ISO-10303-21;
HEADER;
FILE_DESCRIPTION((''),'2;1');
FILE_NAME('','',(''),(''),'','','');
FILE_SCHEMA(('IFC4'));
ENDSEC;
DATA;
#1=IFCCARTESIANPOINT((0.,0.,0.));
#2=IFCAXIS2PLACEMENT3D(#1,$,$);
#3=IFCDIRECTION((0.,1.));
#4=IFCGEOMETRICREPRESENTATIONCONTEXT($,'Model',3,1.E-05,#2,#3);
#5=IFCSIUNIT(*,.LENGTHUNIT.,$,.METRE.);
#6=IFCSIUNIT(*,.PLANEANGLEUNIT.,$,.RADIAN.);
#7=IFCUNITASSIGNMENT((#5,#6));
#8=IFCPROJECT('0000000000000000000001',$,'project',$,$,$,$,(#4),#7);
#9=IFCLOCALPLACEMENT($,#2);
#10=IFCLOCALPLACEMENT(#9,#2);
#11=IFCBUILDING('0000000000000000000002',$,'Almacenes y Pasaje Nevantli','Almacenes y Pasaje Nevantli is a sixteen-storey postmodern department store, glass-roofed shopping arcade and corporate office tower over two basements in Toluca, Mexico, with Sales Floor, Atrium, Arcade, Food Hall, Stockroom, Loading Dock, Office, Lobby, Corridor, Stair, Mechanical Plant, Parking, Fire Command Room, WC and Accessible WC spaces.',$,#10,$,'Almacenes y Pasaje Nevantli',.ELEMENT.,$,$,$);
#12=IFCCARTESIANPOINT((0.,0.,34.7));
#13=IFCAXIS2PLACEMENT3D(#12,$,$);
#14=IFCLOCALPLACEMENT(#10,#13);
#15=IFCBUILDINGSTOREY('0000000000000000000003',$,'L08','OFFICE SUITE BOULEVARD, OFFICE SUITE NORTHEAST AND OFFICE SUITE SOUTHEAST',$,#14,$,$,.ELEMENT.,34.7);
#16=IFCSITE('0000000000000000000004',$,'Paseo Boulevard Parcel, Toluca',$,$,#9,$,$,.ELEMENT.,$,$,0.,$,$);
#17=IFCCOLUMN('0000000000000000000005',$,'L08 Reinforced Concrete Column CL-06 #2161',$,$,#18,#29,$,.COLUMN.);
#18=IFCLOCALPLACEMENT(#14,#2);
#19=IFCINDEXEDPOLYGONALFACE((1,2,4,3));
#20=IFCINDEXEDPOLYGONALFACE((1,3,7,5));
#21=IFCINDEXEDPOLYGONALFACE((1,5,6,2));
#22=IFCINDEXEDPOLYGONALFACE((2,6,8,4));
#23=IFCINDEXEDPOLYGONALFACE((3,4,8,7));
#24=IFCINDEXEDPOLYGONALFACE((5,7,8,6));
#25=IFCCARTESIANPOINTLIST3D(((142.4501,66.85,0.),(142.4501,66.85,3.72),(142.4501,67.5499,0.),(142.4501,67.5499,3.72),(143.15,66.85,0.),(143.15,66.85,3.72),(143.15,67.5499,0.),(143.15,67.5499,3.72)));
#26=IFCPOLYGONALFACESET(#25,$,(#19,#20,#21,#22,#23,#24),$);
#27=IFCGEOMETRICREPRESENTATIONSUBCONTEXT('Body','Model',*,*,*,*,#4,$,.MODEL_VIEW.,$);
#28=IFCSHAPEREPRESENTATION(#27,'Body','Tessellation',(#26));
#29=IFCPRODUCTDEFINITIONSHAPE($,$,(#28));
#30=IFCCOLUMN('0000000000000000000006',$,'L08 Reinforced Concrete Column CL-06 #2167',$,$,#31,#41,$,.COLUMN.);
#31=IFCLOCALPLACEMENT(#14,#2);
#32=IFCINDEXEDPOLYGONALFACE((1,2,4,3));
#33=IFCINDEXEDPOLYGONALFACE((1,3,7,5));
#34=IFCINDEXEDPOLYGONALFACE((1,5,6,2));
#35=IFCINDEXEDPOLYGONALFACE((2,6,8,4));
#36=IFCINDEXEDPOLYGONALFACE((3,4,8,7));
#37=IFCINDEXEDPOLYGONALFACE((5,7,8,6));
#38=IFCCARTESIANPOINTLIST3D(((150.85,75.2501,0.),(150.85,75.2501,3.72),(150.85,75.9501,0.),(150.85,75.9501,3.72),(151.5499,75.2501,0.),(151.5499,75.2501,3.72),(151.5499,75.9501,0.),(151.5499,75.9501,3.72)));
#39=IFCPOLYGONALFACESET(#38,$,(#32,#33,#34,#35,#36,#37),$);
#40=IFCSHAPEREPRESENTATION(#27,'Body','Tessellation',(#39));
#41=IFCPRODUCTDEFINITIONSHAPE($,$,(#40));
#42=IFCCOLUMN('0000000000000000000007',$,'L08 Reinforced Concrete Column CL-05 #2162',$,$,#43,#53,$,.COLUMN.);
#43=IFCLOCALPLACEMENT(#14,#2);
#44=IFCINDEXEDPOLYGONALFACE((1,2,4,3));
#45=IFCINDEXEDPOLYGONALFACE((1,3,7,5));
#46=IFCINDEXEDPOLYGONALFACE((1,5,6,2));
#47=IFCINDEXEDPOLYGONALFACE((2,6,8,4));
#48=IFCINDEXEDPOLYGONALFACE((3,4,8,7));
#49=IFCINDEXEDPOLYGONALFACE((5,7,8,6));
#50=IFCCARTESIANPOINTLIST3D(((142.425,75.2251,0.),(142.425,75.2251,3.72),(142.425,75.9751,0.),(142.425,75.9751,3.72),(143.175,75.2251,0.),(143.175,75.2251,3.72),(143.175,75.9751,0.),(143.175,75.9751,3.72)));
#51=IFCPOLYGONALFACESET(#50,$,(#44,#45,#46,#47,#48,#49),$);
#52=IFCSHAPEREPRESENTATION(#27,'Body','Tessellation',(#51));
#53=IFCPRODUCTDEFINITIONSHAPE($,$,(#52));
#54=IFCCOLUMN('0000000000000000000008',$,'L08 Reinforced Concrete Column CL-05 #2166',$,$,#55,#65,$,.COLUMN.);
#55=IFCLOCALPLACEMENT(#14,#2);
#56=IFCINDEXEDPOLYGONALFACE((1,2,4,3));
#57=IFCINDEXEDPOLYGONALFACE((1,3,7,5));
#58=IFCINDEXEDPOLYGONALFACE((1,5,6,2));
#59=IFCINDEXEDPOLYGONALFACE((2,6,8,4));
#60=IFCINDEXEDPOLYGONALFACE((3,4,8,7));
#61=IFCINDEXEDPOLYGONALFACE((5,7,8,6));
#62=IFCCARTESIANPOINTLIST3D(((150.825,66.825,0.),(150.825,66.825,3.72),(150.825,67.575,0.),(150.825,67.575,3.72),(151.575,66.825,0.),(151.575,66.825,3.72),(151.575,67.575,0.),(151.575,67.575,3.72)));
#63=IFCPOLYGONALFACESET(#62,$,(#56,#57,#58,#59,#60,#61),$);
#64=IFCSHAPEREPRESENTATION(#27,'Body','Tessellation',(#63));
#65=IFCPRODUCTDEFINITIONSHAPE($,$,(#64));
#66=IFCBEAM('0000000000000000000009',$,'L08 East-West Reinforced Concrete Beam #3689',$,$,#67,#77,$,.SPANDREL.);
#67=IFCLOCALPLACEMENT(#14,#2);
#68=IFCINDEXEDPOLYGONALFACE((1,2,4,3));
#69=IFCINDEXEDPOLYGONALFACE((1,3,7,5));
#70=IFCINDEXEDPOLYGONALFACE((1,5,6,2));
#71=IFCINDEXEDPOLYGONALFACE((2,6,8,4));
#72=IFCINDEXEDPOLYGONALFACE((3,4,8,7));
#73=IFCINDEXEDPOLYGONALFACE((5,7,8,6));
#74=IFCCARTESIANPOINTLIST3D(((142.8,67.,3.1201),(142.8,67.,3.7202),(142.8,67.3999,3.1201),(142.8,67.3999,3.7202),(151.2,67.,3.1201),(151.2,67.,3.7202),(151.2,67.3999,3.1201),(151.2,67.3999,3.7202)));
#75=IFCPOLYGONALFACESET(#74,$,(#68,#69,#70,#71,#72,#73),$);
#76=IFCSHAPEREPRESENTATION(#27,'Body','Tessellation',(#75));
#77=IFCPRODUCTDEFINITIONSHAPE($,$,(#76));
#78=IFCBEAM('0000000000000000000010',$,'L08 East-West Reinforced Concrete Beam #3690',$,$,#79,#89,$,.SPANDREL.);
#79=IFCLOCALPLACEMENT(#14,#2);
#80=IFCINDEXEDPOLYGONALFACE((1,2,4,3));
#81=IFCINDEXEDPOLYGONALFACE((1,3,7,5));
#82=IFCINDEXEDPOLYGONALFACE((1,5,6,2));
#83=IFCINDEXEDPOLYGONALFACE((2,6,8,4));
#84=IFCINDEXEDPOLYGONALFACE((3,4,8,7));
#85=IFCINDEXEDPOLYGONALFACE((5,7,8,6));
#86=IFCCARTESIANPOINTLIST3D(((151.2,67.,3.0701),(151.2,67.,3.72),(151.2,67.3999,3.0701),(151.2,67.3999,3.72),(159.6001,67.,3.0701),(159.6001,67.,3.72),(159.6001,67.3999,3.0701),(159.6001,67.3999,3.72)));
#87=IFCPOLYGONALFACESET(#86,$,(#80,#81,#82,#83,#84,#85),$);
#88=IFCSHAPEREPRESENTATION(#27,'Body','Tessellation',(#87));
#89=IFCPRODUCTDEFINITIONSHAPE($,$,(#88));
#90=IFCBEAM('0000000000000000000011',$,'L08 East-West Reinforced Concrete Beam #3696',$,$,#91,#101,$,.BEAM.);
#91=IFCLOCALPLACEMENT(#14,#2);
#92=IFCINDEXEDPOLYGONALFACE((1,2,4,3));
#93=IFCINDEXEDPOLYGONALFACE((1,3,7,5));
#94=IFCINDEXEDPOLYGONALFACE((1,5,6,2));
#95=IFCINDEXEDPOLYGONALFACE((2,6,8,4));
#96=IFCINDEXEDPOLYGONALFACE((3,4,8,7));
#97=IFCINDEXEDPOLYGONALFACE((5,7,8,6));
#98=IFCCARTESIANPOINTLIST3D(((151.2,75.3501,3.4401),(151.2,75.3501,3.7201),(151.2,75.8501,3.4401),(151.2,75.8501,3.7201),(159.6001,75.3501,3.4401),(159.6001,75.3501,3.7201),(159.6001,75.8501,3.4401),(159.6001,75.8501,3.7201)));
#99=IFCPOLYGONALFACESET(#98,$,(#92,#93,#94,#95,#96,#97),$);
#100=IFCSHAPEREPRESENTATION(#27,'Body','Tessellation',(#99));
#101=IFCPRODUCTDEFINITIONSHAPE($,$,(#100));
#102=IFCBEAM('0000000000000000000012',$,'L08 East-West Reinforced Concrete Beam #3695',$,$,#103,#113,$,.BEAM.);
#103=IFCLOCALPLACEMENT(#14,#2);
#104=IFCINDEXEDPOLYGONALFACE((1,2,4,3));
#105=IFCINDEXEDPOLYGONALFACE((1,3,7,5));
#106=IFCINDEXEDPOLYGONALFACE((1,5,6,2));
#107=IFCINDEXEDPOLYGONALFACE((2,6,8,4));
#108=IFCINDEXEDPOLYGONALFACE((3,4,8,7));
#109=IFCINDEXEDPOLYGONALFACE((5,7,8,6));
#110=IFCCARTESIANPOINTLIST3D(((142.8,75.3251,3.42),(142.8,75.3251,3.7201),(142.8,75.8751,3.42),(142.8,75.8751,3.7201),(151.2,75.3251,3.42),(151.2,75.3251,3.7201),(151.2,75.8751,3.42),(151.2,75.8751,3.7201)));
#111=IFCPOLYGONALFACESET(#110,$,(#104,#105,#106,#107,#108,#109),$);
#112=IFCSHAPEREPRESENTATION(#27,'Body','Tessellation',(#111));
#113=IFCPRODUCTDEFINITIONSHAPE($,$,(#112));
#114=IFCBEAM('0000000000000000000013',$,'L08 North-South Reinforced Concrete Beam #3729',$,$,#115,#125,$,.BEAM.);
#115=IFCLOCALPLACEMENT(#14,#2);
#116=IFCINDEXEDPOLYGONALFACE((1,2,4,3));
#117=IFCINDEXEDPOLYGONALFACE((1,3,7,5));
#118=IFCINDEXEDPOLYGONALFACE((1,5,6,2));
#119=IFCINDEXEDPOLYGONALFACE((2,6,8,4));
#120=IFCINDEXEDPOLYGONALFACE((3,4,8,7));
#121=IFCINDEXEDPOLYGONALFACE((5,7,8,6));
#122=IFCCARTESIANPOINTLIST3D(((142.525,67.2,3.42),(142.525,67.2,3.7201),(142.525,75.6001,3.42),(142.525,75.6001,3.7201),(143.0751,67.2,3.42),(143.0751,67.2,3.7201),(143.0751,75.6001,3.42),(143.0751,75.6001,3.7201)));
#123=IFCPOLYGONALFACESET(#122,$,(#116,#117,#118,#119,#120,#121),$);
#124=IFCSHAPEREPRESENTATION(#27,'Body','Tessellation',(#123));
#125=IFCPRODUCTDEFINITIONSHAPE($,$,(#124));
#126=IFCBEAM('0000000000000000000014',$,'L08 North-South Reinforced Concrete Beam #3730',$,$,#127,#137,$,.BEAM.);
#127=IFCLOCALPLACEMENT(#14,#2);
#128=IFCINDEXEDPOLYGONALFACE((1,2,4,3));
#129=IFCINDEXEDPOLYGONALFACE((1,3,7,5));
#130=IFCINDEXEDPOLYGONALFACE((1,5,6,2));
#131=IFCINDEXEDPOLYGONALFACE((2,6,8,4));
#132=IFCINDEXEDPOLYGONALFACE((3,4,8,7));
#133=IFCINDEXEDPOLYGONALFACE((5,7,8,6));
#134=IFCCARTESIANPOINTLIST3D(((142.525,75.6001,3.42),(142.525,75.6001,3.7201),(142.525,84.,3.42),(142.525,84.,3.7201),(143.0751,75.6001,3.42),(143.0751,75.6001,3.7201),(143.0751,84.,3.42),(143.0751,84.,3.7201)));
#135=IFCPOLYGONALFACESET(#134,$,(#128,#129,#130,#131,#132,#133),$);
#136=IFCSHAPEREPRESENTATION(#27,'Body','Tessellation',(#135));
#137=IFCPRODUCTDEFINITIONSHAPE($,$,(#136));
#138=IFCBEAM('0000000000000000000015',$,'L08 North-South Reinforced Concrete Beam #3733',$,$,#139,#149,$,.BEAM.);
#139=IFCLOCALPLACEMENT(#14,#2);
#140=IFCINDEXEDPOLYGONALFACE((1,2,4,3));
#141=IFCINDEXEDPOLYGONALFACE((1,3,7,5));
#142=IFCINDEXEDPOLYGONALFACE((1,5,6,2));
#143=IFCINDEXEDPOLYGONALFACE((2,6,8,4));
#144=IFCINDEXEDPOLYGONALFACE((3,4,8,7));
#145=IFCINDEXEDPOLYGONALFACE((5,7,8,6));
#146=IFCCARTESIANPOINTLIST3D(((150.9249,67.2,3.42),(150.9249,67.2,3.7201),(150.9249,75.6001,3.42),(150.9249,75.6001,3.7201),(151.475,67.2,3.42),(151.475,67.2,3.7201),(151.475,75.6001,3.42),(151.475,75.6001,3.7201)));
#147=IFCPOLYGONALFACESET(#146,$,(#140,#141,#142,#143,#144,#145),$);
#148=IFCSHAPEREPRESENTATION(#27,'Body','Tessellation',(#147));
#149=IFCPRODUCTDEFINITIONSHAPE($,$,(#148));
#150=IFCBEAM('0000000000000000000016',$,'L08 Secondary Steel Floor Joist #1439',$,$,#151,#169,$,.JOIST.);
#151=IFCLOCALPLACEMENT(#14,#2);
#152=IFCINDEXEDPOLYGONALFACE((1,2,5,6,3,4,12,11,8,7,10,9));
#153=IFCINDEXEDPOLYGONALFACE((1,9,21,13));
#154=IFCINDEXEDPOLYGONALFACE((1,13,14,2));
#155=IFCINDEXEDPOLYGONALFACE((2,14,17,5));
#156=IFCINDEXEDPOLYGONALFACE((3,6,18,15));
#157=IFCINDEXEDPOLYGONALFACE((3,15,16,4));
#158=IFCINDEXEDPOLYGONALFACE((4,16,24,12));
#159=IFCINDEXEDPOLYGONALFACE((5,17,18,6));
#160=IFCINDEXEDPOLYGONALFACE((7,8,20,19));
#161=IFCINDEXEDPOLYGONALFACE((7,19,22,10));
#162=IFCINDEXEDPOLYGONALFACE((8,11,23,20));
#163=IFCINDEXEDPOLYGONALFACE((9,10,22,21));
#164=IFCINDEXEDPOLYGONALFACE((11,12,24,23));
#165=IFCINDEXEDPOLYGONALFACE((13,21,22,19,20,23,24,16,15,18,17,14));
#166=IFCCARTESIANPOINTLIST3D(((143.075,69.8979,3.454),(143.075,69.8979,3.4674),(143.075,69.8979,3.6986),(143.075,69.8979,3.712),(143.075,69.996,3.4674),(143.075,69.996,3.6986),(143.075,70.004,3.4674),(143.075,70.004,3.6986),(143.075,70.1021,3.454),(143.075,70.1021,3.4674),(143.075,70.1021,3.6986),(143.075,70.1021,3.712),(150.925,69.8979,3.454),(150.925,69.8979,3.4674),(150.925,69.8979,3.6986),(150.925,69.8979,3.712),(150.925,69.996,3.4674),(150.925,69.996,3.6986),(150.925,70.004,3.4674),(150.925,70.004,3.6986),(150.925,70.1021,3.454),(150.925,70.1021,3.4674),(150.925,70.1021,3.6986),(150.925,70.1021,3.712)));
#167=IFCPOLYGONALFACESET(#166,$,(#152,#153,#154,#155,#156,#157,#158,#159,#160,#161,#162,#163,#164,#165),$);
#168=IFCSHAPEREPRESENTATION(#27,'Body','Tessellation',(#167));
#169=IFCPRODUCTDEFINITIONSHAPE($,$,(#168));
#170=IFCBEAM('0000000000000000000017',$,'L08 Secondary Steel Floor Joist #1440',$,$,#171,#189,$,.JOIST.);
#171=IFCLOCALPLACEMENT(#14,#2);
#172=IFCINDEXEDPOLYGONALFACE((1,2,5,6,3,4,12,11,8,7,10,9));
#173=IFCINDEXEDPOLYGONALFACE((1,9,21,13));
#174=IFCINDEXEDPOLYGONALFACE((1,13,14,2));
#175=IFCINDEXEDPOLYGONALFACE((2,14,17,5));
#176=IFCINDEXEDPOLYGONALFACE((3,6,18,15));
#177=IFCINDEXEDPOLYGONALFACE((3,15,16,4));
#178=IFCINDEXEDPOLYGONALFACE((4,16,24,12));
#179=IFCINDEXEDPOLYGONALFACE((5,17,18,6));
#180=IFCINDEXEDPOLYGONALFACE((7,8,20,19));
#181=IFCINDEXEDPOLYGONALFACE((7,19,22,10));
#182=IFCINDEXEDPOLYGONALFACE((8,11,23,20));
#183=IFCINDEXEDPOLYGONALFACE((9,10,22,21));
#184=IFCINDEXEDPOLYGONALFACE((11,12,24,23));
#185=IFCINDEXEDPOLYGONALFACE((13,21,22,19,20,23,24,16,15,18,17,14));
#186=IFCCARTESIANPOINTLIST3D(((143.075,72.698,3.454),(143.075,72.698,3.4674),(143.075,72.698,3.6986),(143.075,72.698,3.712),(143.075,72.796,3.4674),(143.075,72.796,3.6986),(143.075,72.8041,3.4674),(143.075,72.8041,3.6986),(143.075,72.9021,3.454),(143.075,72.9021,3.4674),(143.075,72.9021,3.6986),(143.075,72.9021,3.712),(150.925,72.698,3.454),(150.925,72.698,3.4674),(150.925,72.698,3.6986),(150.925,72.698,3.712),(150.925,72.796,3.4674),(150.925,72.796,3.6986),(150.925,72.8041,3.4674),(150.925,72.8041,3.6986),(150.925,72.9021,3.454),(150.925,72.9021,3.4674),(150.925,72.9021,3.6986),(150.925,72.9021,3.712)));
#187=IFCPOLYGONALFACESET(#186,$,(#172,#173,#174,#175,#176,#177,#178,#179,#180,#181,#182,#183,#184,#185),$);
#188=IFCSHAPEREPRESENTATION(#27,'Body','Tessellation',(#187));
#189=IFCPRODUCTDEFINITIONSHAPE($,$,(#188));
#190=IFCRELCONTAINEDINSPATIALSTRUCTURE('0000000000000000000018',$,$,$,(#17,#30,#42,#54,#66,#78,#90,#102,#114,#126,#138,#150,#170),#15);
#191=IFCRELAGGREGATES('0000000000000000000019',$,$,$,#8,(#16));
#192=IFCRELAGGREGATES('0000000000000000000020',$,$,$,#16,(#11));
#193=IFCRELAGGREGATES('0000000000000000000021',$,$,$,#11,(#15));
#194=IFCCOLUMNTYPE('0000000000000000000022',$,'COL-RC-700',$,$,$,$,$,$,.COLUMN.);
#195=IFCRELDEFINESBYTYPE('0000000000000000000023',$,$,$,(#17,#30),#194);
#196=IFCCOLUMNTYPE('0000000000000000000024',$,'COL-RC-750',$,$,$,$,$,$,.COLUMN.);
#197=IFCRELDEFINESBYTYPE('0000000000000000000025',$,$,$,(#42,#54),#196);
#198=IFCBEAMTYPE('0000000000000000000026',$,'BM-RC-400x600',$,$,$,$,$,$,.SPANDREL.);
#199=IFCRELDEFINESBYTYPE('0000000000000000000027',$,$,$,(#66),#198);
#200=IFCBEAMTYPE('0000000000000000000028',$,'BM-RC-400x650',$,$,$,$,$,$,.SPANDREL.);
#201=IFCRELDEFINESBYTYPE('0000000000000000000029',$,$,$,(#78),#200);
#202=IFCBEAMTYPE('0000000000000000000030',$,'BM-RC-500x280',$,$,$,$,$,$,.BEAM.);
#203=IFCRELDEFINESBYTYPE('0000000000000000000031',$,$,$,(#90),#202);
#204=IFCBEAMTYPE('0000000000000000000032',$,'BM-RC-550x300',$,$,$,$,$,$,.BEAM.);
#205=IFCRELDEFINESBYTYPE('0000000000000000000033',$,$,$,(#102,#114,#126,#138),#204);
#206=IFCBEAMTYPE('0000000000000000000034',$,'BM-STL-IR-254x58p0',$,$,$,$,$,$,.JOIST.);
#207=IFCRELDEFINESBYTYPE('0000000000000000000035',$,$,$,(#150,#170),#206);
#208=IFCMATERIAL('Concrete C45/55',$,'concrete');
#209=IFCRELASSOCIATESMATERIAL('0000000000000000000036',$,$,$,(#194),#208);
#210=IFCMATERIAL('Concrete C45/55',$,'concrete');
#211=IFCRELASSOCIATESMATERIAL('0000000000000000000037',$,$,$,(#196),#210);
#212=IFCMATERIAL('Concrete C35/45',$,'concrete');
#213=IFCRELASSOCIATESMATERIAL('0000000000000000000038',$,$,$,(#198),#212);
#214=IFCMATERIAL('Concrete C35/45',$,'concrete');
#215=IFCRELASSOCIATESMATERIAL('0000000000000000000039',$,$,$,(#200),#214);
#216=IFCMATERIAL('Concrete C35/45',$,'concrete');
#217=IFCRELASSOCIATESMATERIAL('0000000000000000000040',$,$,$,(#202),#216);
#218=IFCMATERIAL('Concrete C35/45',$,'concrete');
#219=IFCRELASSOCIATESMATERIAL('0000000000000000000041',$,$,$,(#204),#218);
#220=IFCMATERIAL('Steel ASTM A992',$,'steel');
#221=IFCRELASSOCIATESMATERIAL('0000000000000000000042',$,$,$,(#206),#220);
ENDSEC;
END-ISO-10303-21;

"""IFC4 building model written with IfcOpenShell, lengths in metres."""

from ifc_helpers import new_model, si_unit, direction, frame, origin, origin_2d, place, context, subcontext, project, spatial, rectangle, i_section, extrude, material, material_profile, profile_set, type_object, element, save


model = new_model("IFC4")

# Units and contexts
model_context = context("Model", 3, precision=1e-05, world=origin(), true_north=direction((0.0, 1.0)))
body_context = subcontext(model_context, "Body", "Model", "MODEL_VIEW")
ifc_project = project(units=[si_unit("LENGTHUNIT", "METRE"), si_unit("PLANEANGLEUNIT", "RADIAN")], contexts=[model_context])

# Site, building, storey
site_placement = place(None, origin())
site = spatial("IfcSite", under=ifc_project, at=site_placement, Name="Paseo Boulevard Parcel, Toluca", CompositionType="ELEMENT", RefElevation=0.0)
building_placement = place(site_placement, origin())
building = spatial("IfcBuilding", under=site, at=building_placement, Name="Almacenes y Pasaje Nevantli", Description="Almacenes y Pasaje Nevantli is a sixteen-storey postmodern department store, glass-roofed shopping arcade and corporate office tower over two basements in Toluca, Mexico, with Sales Floor, Atrium, Arcade, Food Hall, Stockroom, Loading Dock, Office, Lobby, Corridor, Stair, Mechanical Plant, Parking, Fire Command Room, WC and Accessible WC spaces.", LongName="Almacenes y Pasaje Nevantli", CompositionType="ELEMENT")
storey_placement = place(building_placement, frame((0.0, 0.0, 34.7)))
storey = spatial("IfcBuildingStorey", under=building, at=storey_placement, Name="L08", Description="OFFICE SUITE BOULEVARD, OFFICE SUITE NORTHEAST AND OFFICE SUITE SOUTHEAST", CompositionType="ELEMENT", Elevation=34.7)

# Columns
ifc_material_1 = material(Name="Concrete C45/55", Category="concrete")
ifc_material_profile_1 = material_profile(ifc_material_1, rectangle(XDim=0.7, YDim=0.7, at=origin_2d()), Name="RC-COL-700x700")
ifc_profile_set_1 = profile_set([ifc_material_profile_1], Name="Concrete C45/55")
column_type_1 = type_object("IfcColumnType", Name="COL-RC-700", PredefinedType="COLUMN", material=ifc_profile_set_1)
for number, where, z_axis, x_axis, name in (
    (1, (142.8, 67.2, 0.0), (0.0, 0.0, 1.0), (1.0, 0.0, 0.0), "L08 Reinforced Concrete Column CL-06 #2161"),
    (2, (151.2, 75.6001, 0.0), (0.0, 0.0, 1.0), (1.0, 0.0, 0.0), "L08 Reinforced Concrete Column CL-06 #2167"),
):
    element("IfcColumn", number, at=place(storey_placement, frame(where, z_axis=z_axis, x_axis=x_axis)), inside=storey, type_object=column_type_1, Name=name, PredefinedType="COLUMN", context=body_context, shape_type="SweptSolid", body=[
        extrude(rectangle(XDim=0.7, YDim=0.7, at=origin_2d()), origin(), (0.0, 0.0, 1.0), 3.72),
    ])
ifc_material_2 = material(Name="Concrete C45/55", Category="concrete")
ifc_material_profile_2 = material_profile(ifc_material_2, rectangle(XDim=0.75, YDim=0.75, at=origin_2d()), Name="RC-COL-750x750")
ifc_profile_set_2 = profile_set([ifc_material_profile_2], Name="Concrete C45/55")
column_type_2 = type_object("IfcColumnType", Name="COL-RC-750", PredefinedType="COLUMN", material=ifc_profile_set_2)
for number, where, z_axis, x_axis, name in (
    (3, (142.8, 75.6001, 0.0), (0.0, 0.0, 1.0), (1.0, 0.0, 0.0), "L08 Reinforced Concrete Column CL-05 #2162"),
    (4, (151.2, 67.2, 0.0), (0.0, 0.0, 1.0), (1.0, 0.0, 0.0), "L08 Reinforced Concrete Column CL-05 #2166"),
):
    element("IfcColumn", number, at=place(storey_placement, frame(where, z_axis=z_axis, x_axis=x_axis)), inside=storey, type_object=column_type_2, Name=name, PredefinedType="COLUMN", context=body_context, shape_type="SweptSolid", body=[
        extrude(rectangle(XDim=0.75, YDim=0.75, at=origin_2d()), origin(), (0.0, 0.0, 1.0), 3.72),
    ])

# Beams
ifc_material_3 = material(Name="Concrete C35/45", Category="concrete")
ifc_material_profile_3 = material_profile(ifc_material_3, rectangle(XDim=0.3999, YDim=0.6001, at=origin_2d()), Name="RC-BM-400x600")
ifc_profile_set_3 = profile_set([ifc_material_profile_3], Name="Concrete C35/45")
beam_type_1 = type_object("IfcBeamType", Name="BM-RC-400x600", PredefinedType="SPANDREL", material=ifc_profile_set_3)
beam_1_placement = place(storey_placement, frame((142.8, 67.2, 3.4202), z_axis=(1.0, 0.0, 0.0), x_axis=(0.0, 1.0, 0.0)))
element("IfcBeam", 5, at=beam_1_placement, inside=storey, type_object=beam_type_1, Name="L08 East-West Reinforced Concrete Beam #3689", PredefinedType="SPANDREL", context=body_context, shape_type="SweptSolid", body=[
    extrude(rectangle(XDim=0.3999, YDim=0.6001, at=origin_2d()), origin(), (0.0, 0.0, 1.0), 8.3999),
])
ifc_material_4 = material(Name="Concrete C35/45", Category="concrete")
ifc_material_profile_4 = material_profile(ifc_material_4, rectangle(XDim=0.3999, YDim=0.6499, at=origin_2d()), Name="RC-BM-400x650")
ifc_profile_set_4 = profile_set([ifc_material_profile_4], Name="Concrete C35/45")
beam_type_2 = type_object("IfcBeamType", Name="BM-RC-400x650", PredefinedType="SPANDREL", material=ifc_profile_set_4)
beam_2_placement = place(storey_placement, frame((151.2, 67.2, 3.395), z_axis=(1.0, 0.0, 0.0), x_axis=(0.0, 1.0, 0.0)))
element("IfcBeam", 6, at=beam_2_placement, inside=storey, type_object=beam_type_2, Name="L08 East-West Reinforced Concrete Beam #3690", PredefinedType="SPANDREL", context=body_context, shape_type="SweptSolid", body=[
    extrude(rectangle(XDim=0.3999, YDim=0.6499, at=origin_2d()), origin(), (0.0, 0.0, 1.0), 8.4001),
])
ifc_material_5 = material(Name="Concrete C35/45", Category="concrete")
ifc_material_profile_5 = material_profile(ifc_material_5, rectangle(XDim=0.5, YDim=0.28, at=origin_2d()), Name="RC-BM-500x280")
ifc_profile_set_5 = profile_set([ifc_material_profile_5], Name="Concrete C35/45")
beam_type_3 = type_object("IfcBeamType", Name="BM-RC-500x280", PredefinedType="BEAM", material=ifc_profile_set_5)
beam_3_placement = place(storey_placement, frame((151.2, 75.6001, 3.5801), z_axis=(1.0, 0.0, 0.0), x_axis=(0.0, 1.0, 0.0)))
element("IfcBeam", 7, at=beam_3_placement, inside=storey, type_object=beam_type_3, Name="L08 East-West Reinforced Concrete Beam #3696", PredefinedType="BEAM", context=body_context, shape_type="SweptSolid", body=[
    extrude(rectangle(XDim=0.5, YDim=0.28, at=origin_2d()), origin(), (0.0, 0.0, 1.0), 8.4001),
])
ifc_material_6 = material(Name="Concrete C35/45", Category="concrete")
ifc_material_profile_6 = material_profile(ifc_material_6, rectangle(XDim=0.55, YDim=0.3, at=origin_2d()), Name="RC-BM-550x300")
ifc_profile_set_6 = profile_set([ifc_material_profile_6], Name="Concrete C35/45")
beam_type_4 = type_object("IfcBeamType", Name="BM-RC-550x300", PredefinedType="BEAM", material=ifc_profile_set_6)
beam_4_placement = place(storey_placement, frame((142.8, 75.6001, 3.5701), z_axis=(1.0, 0.0, 0.0), x_axis=(0.0, 1.0, 0.0)))
element("IfcBeam", 8, at=beam_4_placement, inside=storey, type_object=beam_type_4, Name="L08 East-West Reinforced Concrete Beam #3695", PredefinedType="BEAM", context=body_context, shape_type="SweptSolid", body=[
    extrude(rectangle(XDim=0.55, YDim=0.3, at=origin_2d()), origin(), (0.0, 0.0, 1.0), 8.3999),
])
beam_5_placement = place(storey_placement, frame((142.8, 67.2, 3.5701), z_axis=(0.0, 1.0, 0.0), x_axis=(-1.0, 0.0, 0.0)))
element("IfcBeam", 9, at=beam_5_placement, inside=storey, type_object=beam_type_4, Name="L08 North-South Reinforced Concrete Beam #3729", PredefinedType="BEAM", context=body_context, shape_type="SweptSolid", body=[
    extrude(rectangle(XDim=0.55, YDim=0.3, at=origin_2d()), origin(), (0.0, 0.0, 1.0), 8.4001),
])
beam_6_placement = place(storey_placement, frame((142.8, 75.6001, 3.5701), z_axis=(0.0, 1.0, 0.0), x_axis=(-1.0, 0.0, 0.0)))
element("IfcBeam", 10, at=beam_6_placement, inside=storey, type_object=beam_type_4, Name="L08 North-South Reinforced Concrete Beam #3730", PredefinedType="BEAM", context=body_context, shape_type="SweptSolid", body=[
    extrude(rectangle(XDim=0.55, YDim=0.3, at=origin_2d()), origin(), (0.0, 0.0, 1.0), 8.3999),
])
beam_7_placement = place(storey_placement, frame((151.2, 67.2, 3.5701), z_axis=(0.0, 1.0, 0.0), x_axis=(-1.0, 0.0, 0.0)))
element("IfcBeam", 11, at=beam_7_placement, inside=storey, type_object=beam_type_4, Name="L08 North-South Reinforced Concrete Beam #3733", PredefinedType="BEAM", context=body_context, shape_type="SweptSolid", body=[
    extrude(rectangle(XDim=0.55, YDim=0.3, at=origin_2d()), origin(), (0.0, 0.0, 1.0), 8.4001),
])
ifc_material_7 = material(Name="Steel ASTM A992", Category="steel")
ifc_material_profile_7 = material_profile(ifc_material_7, i_section(OverallWidth=0.2041, OverallDepth=0.2581, WebThickness=0.0081, FlangeThickness=0.0134, at=origin_2d()), Name="IR 254x58.0")
ifc_profile_set_7 = profile_set([ifc_material_profile_7], Name="Steel ASTM A992")
beam_type_5 = type_object("IfcBeamType", Name="BM-STL-IR-254x58p0", PredefinedType="JOIST", material=ifc_profile_set_7)
for number, where, z_axis, x_axis, name in (
    (12, (143.075, 70.0, 3.583), (1.0, 0.0, 0.0), (0.0, 1.0, 0.0), "L08 Secondary Steel Floor Joist #1439"),
    (13, (143.075, 72.8, 3.583), (1.0, 0.0, 0.0), (0.0, 1.0, 0.0), "L08 Secondary Steel Floor Joist #1440"),
):
    element("IfcBeam", number, at=place(storey_placement, frame(where, z_axis=z_axis, x_axis=x_axis)), inside=storey, type_object=beam_type_5, Name=name, PredefinedType="JOIST", context=body_context, shape_type="SweptSolid", body=[
        extrude(i_section(OverallWidth=0.2041, OverallDepth=0.2581, WebThickness=0.0081, FlangeThickness=0.0134, at=origin_2d()), origin(), (0.0, 0.0, 1.0), 7.8501),
    ])

save(model, "model.ifc")
